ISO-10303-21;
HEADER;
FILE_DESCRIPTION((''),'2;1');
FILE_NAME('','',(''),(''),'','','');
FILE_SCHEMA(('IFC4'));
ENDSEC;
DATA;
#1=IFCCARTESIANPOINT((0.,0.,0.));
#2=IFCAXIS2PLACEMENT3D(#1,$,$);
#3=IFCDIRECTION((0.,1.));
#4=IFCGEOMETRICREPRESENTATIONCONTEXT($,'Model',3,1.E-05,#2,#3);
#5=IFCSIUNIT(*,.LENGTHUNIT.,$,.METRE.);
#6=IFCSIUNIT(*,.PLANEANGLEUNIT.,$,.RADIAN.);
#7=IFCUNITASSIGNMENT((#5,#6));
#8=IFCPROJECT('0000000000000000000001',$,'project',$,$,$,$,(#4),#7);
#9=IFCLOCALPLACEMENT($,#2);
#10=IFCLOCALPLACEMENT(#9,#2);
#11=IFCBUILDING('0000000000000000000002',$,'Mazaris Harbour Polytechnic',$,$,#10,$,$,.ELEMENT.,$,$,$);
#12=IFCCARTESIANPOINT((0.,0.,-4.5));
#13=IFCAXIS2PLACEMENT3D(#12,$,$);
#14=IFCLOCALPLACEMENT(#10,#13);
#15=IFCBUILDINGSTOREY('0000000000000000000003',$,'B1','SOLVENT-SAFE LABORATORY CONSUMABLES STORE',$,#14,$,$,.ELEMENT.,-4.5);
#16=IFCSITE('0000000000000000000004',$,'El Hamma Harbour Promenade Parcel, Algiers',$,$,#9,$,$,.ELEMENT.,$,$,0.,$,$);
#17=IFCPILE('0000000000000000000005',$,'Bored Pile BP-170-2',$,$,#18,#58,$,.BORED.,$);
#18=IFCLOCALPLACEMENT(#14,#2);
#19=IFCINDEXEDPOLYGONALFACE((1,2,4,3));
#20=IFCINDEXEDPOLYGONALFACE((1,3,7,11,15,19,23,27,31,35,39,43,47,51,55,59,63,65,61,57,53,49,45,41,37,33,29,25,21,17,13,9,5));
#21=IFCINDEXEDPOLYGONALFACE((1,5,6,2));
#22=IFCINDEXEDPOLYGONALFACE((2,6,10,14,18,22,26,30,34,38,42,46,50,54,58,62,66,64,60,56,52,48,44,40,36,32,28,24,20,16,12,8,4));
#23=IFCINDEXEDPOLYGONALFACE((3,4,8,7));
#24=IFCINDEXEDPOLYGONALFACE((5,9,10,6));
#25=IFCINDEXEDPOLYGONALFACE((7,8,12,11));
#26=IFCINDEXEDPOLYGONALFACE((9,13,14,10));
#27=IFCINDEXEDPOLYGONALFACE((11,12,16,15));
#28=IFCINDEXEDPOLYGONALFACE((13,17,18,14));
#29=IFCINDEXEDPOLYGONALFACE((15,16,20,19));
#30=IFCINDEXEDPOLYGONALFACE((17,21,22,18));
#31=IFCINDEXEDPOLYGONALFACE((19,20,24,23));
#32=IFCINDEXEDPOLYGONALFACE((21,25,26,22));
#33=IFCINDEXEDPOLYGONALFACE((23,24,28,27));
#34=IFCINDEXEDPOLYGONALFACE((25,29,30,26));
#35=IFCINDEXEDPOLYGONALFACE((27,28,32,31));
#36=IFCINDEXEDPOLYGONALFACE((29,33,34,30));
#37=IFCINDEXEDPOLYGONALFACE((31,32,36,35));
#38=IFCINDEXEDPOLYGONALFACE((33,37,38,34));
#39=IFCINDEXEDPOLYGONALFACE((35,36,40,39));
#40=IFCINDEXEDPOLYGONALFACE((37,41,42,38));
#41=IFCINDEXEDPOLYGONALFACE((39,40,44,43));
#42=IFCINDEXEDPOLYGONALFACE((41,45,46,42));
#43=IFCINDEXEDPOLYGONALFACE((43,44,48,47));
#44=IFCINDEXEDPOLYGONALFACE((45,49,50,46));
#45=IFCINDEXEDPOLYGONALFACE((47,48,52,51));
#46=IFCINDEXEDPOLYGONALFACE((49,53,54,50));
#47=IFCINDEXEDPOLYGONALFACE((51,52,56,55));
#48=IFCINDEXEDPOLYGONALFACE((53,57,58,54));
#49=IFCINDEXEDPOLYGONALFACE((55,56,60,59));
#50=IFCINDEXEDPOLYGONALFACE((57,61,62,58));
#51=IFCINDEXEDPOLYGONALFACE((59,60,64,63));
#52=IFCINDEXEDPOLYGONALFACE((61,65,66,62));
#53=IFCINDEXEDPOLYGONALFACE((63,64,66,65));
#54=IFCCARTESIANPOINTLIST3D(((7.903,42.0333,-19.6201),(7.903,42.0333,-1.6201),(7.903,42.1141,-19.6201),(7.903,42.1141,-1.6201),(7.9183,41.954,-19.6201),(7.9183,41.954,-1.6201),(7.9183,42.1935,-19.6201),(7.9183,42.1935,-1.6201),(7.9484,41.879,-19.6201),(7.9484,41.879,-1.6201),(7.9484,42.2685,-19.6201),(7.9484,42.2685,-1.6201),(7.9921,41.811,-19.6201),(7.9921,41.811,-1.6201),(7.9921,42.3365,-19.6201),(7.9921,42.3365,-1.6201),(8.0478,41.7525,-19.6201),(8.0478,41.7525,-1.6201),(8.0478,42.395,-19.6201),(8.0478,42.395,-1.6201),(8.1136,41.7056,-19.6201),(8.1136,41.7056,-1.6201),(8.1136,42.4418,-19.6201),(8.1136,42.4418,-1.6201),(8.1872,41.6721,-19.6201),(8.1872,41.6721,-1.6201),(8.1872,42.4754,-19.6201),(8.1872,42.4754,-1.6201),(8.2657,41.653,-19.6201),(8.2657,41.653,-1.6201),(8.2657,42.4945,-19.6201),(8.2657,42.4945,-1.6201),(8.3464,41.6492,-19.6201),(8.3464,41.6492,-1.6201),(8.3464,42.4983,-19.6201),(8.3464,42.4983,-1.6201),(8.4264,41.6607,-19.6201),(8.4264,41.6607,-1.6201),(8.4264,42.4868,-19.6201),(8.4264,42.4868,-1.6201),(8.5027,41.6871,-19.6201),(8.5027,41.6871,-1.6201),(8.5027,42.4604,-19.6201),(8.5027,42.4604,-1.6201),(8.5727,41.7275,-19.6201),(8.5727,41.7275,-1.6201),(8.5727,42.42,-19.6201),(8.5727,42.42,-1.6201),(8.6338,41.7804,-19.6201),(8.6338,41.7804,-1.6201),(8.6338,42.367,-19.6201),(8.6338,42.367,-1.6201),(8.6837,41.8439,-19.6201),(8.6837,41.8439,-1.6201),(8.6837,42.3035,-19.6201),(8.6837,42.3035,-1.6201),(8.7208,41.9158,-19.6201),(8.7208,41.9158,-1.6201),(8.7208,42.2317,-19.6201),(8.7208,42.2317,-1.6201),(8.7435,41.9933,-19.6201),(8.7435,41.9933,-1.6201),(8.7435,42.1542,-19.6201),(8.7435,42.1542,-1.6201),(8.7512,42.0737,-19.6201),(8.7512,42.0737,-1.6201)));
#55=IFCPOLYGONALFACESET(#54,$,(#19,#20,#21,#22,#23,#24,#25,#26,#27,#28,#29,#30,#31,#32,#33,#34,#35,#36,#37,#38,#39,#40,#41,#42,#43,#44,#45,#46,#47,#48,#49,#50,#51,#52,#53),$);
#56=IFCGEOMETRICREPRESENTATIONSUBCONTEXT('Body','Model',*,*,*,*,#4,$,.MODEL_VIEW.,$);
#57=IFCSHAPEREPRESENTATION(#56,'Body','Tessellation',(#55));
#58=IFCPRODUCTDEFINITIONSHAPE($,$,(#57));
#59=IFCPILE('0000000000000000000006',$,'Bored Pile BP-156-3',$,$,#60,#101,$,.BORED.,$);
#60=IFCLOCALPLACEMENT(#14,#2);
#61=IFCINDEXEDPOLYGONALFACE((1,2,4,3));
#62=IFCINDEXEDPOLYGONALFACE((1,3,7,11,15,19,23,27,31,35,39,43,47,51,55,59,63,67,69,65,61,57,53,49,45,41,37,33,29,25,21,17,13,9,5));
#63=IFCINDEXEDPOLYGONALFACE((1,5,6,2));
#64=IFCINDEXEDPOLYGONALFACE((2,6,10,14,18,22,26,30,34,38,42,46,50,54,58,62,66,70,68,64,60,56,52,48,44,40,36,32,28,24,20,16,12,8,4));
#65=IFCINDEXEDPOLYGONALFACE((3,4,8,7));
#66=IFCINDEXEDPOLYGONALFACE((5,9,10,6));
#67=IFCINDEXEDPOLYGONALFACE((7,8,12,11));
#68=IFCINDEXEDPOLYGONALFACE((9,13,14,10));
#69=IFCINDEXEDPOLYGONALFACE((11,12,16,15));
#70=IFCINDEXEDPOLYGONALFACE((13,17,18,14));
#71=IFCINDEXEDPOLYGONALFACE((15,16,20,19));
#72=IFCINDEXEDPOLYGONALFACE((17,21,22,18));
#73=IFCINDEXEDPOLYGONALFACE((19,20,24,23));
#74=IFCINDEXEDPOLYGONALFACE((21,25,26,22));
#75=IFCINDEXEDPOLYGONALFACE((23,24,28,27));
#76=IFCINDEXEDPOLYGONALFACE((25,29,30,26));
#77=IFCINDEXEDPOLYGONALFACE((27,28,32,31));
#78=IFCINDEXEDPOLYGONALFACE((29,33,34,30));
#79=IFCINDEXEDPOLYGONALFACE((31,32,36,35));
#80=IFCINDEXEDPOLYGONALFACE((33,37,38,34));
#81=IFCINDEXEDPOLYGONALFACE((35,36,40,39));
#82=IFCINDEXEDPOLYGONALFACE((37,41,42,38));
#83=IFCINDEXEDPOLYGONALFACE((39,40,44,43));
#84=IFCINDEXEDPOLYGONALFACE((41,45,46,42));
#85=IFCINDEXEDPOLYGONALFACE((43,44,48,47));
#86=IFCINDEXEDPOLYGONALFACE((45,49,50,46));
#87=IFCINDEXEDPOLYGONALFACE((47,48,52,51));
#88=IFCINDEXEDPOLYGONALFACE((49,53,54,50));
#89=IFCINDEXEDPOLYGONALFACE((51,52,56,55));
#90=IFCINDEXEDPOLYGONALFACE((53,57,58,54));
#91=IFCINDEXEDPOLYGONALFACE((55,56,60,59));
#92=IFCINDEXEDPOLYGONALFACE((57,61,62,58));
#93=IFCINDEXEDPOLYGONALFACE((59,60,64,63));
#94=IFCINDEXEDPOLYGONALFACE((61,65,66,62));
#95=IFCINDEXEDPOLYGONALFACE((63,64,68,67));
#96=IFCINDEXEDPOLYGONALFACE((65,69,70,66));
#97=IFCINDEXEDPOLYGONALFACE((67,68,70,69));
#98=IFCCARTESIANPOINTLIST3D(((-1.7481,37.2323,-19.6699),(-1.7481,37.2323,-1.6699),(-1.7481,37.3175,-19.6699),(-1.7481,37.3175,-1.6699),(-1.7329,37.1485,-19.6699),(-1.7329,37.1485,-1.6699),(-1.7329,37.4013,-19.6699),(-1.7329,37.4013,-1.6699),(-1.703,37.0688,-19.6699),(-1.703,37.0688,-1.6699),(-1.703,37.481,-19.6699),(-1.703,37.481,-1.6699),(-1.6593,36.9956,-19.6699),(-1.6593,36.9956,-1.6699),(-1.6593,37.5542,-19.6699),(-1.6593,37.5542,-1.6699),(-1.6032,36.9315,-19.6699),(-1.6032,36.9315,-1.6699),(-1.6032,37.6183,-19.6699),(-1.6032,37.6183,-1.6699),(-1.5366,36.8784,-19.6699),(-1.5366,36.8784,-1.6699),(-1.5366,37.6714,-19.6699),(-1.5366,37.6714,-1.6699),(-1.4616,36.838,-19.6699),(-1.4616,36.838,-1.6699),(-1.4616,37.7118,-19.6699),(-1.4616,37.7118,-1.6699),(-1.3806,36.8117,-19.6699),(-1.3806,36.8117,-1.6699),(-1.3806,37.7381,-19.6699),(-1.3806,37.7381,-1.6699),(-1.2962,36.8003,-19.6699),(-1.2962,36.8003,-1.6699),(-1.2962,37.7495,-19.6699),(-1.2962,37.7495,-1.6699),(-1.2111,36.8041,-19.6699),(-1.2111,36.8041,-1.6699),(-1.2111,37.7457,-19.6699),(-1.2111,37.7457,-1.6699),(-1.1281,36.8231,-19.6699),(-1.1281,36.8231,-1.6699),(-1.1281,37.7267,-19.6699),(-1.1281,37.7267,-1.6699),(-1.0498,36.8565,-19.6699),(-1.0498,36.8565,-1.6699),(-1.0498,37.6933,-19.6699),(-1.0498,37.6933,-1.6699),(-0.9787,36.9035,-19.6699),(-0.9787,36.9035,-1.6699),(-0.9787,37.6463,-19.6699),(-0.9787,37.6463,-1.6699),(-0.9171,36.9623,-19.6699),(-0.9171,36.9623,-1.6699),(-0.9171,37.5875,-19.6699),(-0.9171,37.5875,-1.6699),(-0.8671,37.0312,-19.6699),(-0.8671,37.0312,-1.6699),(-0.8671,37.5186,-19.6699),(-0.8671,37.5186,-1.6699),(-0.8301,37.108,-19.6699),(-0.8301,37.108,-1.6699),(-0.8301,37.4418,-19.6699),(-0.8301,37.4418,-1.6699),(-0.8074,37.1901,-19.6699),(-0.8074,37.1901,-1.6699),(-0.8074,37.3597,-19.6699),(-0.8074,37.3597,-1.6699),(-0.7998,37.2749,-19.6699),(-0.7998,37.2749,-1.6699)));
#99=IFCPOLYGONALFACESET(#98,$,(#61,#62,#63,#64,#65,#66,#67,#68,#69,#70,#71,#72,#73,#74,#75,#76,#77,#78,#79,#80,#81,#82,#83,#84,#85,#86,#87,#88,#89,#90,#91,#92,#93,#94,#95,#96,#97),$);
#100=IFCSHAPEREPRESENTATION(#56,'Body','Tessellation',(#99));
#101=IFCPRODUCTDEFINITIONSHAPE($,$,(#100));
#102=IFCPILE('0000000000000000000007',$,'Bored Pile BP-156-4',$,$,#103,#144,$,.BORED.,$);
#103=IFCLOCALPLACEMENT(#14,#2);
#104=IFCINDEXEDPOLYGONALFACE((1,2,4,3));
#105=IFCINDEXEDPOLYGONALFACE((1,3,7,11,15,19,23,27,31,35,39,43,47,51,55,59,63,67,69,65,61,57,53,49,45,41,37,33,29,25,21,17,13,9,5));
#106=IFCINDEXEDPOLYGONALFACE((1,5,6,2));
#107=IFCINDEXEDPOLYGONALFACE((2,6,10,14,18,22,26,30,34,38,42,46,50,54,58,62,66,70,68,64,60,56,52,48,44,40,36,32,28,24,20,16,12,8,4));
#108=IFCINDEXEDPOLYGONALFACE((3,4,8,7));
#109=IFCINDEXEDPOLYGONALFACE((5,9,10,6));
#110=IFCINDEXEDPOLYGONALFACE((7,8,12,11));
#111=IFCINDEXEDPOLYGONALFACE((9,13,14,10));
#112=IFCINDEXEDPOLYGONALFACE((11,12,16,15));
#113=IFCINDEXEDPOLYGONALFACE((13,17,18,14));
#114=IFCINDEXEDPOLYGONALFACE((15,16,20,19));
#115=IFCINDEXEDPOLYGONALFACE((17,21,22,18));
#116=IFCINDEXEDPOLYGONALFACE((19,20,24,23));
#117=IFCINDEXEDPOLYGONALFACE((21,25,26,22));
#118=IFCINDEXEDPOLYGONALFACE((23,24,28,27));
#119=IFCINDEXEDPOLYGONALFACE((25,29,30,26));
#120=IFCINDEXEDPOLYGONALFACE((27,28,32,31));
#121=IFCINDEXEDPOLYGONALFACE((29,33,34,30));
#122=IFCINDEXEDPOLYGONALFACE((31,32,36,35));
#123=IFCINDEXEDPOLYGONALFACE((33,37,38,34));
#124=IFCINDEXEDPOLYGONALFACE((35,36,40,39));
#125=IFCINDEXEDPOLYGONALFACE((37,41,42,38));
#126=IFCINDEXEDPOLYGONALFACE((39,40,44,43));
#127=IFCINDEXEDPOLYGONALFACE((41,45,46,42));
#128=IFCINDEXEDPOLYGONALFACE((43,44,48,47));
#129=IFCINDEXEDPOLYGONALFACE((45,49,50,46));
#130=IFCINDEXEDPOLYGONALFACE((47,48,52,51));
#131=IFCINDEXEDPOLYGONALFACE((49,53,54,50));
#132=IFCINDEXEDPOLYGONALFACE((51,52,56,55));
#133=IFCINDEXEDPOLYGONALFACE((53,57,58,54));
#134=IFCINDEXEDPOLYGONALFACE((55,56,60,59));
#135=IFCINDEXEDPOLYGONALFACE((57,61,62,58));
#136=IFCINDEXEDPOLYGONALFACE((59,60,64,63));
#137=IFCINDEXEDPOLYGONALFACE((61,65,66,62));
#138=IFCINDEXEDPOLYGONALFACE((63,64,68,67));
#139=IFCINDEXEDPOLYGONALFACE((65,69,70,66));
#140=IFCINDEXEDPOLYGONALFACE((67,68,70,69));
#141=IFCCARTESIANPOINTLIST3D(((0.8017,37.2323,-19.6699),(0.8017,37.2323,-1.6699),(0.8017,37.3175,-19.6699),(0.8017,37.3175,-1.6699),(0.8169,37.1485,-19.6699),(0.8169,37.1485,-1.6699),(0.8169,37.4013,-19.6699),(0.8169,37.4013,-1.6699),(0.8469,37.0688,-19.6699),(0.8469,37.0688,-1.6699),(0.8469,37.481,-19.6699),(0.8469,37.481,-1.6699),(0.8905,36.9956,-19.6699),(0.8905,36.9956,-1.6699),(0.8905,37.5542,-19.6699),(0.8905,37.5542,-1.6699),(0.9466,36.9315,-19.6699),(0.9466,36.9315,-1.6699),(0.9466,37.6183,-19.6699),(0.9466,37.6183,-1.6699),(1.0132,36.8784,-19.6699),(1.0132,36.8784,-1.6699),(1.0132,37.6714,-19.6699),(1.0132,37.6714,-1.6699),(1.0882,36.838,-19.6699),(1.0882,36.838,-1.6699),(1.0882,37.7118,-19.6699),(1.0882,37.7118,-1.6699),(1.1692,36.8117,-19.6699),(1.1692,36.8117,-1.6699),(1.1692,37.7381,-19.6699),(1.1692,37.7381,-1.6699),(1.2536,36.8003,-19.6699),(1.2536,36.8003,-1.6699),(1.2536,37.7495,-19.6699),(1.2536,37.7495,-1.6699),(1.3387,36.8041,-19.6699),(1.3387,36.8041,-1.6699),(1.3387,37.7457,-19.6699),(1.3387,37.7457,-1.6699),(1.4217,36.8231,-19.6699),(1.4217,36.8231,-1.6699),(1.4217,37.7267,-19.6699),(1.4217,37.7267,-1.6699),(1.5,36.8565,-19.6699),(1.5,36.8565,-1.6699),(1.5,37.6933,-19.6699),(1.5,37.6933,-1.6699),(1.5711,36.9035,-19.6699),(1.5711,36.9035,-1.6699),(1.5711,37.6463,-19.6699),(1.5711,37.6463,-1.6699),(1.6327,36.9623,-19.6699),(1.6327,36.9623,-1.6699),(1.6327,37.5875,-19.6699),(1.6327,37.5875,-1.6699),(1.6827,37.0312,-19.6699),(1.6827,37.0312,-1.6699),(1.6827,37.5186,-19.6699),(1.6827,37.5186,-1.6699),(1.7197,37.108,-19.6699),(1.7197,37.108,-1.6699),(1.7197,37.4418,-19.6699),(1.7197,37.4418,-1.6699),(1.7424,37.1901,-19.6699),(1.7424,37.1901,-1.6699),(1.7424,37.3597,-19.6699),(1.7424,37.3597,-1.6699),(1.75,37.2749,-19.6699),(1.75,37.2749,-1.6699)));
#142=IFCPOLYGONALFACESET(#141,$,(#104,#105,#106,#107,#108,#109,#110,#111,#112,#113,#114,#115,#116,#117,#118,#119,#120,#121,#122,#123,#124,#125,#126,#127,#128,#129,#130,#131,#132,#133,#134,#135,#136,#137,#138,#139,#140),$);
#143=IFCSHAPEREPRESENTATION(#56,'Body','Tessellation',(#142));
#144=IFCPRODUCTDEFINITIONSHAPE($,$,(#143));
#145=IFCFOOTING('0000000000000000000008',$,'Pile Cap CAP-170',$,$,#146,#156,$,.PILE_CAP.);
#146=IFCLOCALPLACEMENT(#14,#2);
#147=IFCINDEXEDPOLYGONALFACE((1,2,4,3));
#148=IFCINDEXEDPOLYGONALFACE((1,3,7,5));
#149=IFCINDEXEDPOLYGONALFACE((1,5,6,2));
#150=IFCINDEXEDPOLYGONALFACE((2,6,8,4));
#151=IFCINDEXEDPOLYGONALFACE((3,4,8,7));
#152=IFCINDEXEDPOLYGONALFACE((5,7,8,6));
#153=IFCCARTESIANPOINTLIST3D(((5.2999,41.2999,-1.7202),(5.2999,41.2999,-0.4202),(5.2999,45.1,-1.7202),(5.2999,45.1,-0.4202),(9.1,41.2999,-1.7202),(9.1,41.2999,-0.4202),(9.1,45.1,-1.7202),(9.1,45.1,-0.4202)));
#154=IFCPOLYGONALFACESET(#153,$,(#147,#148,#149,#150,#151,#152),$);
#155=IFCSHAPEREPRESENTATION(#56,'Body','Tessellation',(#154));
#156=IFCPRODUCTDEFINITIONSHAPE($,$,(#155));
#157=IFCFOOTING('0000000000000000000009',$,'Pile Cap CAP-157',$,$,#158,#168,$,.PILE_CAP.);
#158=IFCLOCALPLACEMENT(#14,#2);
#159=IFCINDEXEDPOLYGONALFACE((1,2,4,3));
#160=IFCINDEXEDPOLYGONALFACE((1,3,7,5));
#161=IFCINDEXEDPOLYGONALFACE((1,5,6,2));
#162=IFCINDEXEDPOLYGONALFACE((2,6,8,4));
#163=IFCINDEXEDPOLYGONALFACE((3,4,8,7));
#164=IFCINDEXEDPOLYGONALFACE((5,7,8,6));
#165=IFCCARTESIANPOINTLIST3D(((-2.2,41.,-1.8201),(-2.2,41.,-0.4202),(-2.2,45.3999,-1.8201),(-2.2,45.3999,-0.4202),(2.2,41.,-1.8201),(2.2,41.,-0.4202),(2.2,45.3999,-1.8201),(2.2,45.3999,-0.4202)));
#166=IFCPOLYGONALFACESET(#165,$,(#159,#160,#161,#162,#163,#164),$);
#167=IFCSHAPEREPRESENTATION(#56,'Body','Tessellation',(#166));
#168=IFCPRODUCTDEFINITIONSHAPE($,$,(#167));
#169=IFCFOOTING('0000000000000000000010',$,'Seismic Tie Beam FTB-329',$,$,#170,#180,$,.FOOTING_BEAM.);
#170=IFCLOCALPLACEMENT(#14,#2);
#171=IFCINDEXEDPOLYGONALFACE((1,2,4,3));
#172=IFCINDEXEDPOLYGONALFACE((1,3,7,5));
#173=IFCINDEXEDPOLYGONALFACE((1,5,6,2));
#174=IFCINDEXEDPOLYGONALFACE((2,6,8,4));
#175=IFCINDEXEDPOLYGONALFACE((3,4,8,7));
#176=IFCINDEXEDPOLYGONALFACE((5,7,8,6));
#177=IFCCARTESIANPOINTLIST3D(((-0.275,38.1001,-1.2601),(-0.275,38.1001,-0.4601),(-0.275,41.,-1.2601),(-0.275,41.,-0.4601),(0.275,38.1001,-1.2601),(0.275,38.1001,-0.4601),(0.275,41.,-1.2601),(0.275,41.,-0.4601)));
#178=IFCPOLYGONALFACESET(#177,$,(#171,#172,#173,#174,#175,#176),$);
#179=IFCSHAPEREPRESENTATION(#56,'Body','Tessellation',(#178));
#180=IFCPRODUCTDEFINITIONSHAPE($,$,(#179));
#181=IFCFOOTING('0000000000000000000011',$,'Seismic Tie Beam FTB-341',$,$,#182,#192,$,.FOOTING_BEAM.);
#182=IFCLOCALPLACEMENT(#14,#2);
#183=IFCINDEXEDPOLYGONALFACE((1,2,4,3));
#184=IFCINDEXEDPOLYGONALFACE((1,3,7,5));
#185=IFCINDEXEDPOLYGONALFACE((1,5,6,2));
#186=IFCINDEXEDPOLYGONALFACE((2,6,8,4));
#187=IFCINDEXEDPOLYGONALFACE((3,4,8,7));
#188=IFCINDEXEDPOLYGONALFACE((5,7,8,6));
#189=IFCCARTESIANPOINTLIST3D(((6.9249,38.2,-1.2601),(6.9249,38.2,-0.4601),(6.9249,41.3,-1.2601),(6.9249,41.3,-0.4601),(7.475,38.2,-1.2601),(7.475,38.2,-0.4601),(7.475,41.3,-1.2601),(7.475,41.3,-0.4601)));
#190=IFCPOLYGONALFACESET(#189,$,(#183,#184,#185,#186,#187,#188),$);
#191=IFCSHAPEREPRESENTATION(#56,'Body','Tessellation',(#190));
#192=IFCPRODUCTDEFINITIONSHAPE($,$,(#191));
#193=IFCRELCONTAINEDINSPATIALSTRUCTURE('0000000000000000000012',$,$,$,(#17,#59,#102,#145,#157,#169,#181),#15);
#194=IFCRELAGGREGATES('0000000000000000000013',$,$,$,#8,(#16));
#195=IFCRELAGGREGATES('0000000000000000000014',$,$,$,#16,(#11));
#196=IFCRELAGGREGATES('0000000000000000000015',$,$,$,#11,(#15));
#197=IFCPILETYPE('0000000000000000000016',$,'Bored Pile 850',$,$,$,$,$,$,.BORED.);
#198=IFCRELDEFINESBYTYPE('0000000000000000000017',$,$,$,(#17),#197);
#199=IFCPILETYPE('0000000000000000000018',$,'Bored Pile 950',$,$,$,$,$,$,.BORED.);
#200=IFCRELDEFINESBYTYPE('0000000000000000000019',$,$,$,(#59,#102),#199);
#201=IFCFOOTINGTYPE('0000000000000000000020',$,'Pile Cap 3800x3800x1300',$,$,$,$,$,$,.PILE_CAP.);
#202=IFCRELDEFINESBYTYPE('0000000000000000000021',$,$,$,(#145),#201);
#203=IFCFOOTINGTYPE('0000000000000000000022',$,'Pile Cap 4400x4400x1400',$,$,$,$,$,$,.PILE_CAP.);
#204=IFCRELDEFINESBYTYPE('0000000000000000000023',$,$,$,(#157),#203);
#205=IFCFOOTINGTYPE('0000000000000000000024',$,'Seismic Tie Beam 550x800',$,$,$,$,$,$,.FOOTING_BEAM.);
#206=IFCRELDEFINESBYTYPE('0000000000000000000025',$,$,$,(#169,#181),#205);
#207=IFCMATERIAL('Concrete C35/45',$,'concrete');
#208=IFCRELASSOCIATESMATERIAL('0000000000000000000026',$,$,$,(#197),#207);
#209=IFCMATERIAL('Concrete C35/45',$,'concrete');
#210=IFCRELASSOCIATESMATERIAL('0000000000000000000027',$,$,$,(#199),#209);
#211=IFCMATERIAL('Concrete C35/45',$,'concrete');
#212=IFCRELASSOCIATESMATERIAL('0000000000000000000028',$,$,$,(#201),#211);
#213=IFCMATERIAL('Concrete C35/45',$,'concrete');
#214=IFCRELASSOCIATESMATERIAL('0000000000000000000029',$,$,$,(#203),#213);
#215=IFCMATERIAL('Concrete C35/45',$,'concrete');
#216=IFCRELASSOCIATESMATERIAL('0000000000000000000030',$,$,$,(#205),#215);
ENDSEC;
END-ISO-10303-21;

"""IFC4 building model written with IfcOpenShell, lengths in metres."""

from ifc_helpers import new_model, si_unit, direction, frame, origin, origin_2d, place, context, subcontext, project, spatial, rectangle, circle, extrude, material, material_profile, profile_set, type_object, element, save


model = new_model("IFC4")

# Units and contexts
model_context = context("Model", 3, precision=1e-05, world=origin(), true_north=direction((0.0, 1.0)))
body_context = subcontext(model_context, "Body", "Model", "MODEL_VIEW")
ifc_project = project(units=[si_unit("LENGTHUNIT", "METRE"), si_unit("PLANEANGLEUNIT", "RADIAN")], contexts=[model_context])

# Site, building, storey
site_placement = place(None, origin())
site = spatial("IfcSite", under=ifc_project, at=site_placement, Name="El Hamma Harbour Promenade Parcel, Algiers", CompositionType="ELEMENT", RefElevation=0.0)
building_placement = place(site_placement, origin())
building = spatial("IfcBuilding", under=site, at=building_placement, Name="Mazaris Harbour Polytechnic", CompositionType="ELEMENT")
storey_placement = place(building_placement, frame((0.0, 0.0, -4.5)))
storey = spatial("IfcBuildingStorey", under=building, at=storey_placement, Name="B1", Description="SOLVENT-SAFE LABORATORY CONSUMABLES STORE", CompositionType="ELEMENT", Elevation=-4.5)

# Piles
ifc_material_1 = material(Name="Concrete C35/45", Category="concrete")
ifc_material_profile_1 = material_profile(ifc_material_1, circle(Radius=0.425, at=origin_2d()), Name="DIA850")
ifc_profile_set_1 = profile_set([ifc_material_profile_1], Name="Concrete C35/45")
pile_type_1 = type_object("IfcPileType", Name="Bored Pile 850", PredefinedType="BORED", material=ifc_profile_set_1)
for number, where, z_axis, x_axis, name in (
    (1, (8.3262, 42.0737, -1.6201), (0.0, 0.0, -1.0), (1.0, 0.0, 0.0), "Bored Pile BP-170-2"),
):
    element("IfcPile", number, at=place(storey_placement, frame(where, z_axis=z_axis, x_axis=x_axis)), inside=storey, type_object=pile_type_1, Name=name, PredefinedType="BORED", context=body_context, shape_type="SweptSolid", body=[
        extrude(circle(Radius=0.425, at=origin_2d()), origin(), (0.0, 0.0, 1.0), 18.0),
    ])
ifc_material_2 = material(Name="Concrete C35/45", Category="concrete")
ifc_material_profile_2 = material_profile(ifc_material_2, circle(Radius=0.4751, at=origin_2d()), Name="DIA950")
ifc_profile_set_2 = profile_set([ifc_material_profile_2], Name="Concrete C35/45")
pile_type_2 = type_object("IfcPileType", Name="Bored Pile 950", PredefinedType="BORED", material=ifc_profile_set_2)
for number, where, z_axis, x_axis, name in (
    (2, (-1.2749, 37.2749, -1.6699), (0.0, 0.0, -1.0), (1.0, 0.0, 0.0), "Bored Pile BP-156-3"),
    (3, (1.2749, 37.2749, -1.6699), (0.0, 0.0, -1.0), (1.0, 0.0, 0.0), "Bored Pile BP-156-4"),
):
    element("IfcPile", number, at=place(storey_placement, frame(where, z_axis=z_axis, x_axis=x_axis)), inside=storey, type_object=pile_type_2, Name=name, PredefinedType="BORED", context=body_context, shape_type="SweptSolid", body=[
        extrude(circle(Radius=0.4751, at=origin_2d()), origin(), (0.0, 0.0, 1.0), 18.0),
    ])

# Footings
ifc_material_3 = material(Name="Concrete C35/45", Category="concrete")
footing_type_1 = type_object("IfcFootingType", Name="Pile Cap 3800x3800x1300", PredefinedType="PILE_CAP", material=ifc_material_3)
footing_1_placement = place(storey_placement, frame((7.2, 43.2, -1.7202), z_axis=(0.0, 0.0, 1.0), x_axis=(1.0, 0.0, 0.0)))
element("IfcFooting", 4, at=footing_1_placement, inside=storey, type_object=footing_type_1, Name="Pile Cap CAP-170", PredefinedType="PILE_CAP", context=body_context, shape_type="SweptSolid", body=[
    extrude(rectangle(XDim=3.8, YDim=3.8, at=origin_2d()), origin(), (0.0, 0.0, 1.0), 1.3),
])
ifc_material_4 = material(Name="Concrete C35/45", Category="concrete")
footing_type_2 = type_object("IfcFootingType", Name="Pile Cap 4400x4400x1400", PredefinedType="PILE_CAP", material=ifc_material_4)
footing_2_placement = place(storey_placement, frame((0.0, 43.2, -1.8201), z_axis=(0.0, 0.0, 1.0), x_axis=(1.0, 0.0, 0.0)))
element("IfcFooting", 5, at=footing_2_placement, inside=storey, type_object=footing_type_2, Name="Pile Cap CAP-157", PredefinedType="PILE_CAP", context=body_context, shape_type="SweptSolid", body=[
    extrude(rectangle(XDim=4.3999, YDim=4.3999, at=origin_2d()), origin(), (0.0, 0.0, 1.0), 1.3999),
])
ifc_material_5 = material(Name="Concrete C35/45", Category="concrete")
ifc_material_profile_3 = material_profile(ifc_material_5, rectangle(XDim=0.55, YDim=0.8, at=origin_2d()), Name="RECT550x800")
ifc_profile_set_3 = profile_set([ifc_material_profile_3], Name="Concrete C35/45")
footing_type_3 = type_object("IfcFootingType", Name="Seismic Tie Beam 550x800", PredefinedType="FOOTING_BEAM", material=ifc_profile_set_3)
footing_3_placement = place(storey_placement, frame((0.0, 38.1001, -0.8601), z_axis=(0.0, 1.0, 0.0), x_axis=(-1.0, 0.0, 0.0)))
element("IfcFooting", 6, at=footing_3_placement, inside=storey, type_object=footing_type_3, Name="Seismic Tie Beam FTB-329", PredefinedType="FOOTING_BEAM", context=body_context, shape_type="SweptSolid", body=[
    extrude(rectangle(XDim=0.55, YDim=0.8, at=origin_2d()), origin(), (0.0, 0.0, 1.0), 2.8999),
])
footing_4_placement = place(storey_placement, frame((7.2, 38.2, -0.8601), z_axis=(0.0, 1.0, 0.0), x_axis=(-1.0, 0.0, 0.0)))
element("IfcFooting", 7, at=footing_4_placement, inside=storey, type_object=footing_type_3, Name="Seismic Tie Beam FTB-341", PredefinedType="FOOTING_BEAM", context=body_context, shape_type="SweptSolid", body=[
    extrude(rectangle(XDim=0.55, YDim=0.8, at=origin_2d()), origin(), (0.0, 0.0, 1.0), 3.1001),
])

save(model, "model.ifc")
